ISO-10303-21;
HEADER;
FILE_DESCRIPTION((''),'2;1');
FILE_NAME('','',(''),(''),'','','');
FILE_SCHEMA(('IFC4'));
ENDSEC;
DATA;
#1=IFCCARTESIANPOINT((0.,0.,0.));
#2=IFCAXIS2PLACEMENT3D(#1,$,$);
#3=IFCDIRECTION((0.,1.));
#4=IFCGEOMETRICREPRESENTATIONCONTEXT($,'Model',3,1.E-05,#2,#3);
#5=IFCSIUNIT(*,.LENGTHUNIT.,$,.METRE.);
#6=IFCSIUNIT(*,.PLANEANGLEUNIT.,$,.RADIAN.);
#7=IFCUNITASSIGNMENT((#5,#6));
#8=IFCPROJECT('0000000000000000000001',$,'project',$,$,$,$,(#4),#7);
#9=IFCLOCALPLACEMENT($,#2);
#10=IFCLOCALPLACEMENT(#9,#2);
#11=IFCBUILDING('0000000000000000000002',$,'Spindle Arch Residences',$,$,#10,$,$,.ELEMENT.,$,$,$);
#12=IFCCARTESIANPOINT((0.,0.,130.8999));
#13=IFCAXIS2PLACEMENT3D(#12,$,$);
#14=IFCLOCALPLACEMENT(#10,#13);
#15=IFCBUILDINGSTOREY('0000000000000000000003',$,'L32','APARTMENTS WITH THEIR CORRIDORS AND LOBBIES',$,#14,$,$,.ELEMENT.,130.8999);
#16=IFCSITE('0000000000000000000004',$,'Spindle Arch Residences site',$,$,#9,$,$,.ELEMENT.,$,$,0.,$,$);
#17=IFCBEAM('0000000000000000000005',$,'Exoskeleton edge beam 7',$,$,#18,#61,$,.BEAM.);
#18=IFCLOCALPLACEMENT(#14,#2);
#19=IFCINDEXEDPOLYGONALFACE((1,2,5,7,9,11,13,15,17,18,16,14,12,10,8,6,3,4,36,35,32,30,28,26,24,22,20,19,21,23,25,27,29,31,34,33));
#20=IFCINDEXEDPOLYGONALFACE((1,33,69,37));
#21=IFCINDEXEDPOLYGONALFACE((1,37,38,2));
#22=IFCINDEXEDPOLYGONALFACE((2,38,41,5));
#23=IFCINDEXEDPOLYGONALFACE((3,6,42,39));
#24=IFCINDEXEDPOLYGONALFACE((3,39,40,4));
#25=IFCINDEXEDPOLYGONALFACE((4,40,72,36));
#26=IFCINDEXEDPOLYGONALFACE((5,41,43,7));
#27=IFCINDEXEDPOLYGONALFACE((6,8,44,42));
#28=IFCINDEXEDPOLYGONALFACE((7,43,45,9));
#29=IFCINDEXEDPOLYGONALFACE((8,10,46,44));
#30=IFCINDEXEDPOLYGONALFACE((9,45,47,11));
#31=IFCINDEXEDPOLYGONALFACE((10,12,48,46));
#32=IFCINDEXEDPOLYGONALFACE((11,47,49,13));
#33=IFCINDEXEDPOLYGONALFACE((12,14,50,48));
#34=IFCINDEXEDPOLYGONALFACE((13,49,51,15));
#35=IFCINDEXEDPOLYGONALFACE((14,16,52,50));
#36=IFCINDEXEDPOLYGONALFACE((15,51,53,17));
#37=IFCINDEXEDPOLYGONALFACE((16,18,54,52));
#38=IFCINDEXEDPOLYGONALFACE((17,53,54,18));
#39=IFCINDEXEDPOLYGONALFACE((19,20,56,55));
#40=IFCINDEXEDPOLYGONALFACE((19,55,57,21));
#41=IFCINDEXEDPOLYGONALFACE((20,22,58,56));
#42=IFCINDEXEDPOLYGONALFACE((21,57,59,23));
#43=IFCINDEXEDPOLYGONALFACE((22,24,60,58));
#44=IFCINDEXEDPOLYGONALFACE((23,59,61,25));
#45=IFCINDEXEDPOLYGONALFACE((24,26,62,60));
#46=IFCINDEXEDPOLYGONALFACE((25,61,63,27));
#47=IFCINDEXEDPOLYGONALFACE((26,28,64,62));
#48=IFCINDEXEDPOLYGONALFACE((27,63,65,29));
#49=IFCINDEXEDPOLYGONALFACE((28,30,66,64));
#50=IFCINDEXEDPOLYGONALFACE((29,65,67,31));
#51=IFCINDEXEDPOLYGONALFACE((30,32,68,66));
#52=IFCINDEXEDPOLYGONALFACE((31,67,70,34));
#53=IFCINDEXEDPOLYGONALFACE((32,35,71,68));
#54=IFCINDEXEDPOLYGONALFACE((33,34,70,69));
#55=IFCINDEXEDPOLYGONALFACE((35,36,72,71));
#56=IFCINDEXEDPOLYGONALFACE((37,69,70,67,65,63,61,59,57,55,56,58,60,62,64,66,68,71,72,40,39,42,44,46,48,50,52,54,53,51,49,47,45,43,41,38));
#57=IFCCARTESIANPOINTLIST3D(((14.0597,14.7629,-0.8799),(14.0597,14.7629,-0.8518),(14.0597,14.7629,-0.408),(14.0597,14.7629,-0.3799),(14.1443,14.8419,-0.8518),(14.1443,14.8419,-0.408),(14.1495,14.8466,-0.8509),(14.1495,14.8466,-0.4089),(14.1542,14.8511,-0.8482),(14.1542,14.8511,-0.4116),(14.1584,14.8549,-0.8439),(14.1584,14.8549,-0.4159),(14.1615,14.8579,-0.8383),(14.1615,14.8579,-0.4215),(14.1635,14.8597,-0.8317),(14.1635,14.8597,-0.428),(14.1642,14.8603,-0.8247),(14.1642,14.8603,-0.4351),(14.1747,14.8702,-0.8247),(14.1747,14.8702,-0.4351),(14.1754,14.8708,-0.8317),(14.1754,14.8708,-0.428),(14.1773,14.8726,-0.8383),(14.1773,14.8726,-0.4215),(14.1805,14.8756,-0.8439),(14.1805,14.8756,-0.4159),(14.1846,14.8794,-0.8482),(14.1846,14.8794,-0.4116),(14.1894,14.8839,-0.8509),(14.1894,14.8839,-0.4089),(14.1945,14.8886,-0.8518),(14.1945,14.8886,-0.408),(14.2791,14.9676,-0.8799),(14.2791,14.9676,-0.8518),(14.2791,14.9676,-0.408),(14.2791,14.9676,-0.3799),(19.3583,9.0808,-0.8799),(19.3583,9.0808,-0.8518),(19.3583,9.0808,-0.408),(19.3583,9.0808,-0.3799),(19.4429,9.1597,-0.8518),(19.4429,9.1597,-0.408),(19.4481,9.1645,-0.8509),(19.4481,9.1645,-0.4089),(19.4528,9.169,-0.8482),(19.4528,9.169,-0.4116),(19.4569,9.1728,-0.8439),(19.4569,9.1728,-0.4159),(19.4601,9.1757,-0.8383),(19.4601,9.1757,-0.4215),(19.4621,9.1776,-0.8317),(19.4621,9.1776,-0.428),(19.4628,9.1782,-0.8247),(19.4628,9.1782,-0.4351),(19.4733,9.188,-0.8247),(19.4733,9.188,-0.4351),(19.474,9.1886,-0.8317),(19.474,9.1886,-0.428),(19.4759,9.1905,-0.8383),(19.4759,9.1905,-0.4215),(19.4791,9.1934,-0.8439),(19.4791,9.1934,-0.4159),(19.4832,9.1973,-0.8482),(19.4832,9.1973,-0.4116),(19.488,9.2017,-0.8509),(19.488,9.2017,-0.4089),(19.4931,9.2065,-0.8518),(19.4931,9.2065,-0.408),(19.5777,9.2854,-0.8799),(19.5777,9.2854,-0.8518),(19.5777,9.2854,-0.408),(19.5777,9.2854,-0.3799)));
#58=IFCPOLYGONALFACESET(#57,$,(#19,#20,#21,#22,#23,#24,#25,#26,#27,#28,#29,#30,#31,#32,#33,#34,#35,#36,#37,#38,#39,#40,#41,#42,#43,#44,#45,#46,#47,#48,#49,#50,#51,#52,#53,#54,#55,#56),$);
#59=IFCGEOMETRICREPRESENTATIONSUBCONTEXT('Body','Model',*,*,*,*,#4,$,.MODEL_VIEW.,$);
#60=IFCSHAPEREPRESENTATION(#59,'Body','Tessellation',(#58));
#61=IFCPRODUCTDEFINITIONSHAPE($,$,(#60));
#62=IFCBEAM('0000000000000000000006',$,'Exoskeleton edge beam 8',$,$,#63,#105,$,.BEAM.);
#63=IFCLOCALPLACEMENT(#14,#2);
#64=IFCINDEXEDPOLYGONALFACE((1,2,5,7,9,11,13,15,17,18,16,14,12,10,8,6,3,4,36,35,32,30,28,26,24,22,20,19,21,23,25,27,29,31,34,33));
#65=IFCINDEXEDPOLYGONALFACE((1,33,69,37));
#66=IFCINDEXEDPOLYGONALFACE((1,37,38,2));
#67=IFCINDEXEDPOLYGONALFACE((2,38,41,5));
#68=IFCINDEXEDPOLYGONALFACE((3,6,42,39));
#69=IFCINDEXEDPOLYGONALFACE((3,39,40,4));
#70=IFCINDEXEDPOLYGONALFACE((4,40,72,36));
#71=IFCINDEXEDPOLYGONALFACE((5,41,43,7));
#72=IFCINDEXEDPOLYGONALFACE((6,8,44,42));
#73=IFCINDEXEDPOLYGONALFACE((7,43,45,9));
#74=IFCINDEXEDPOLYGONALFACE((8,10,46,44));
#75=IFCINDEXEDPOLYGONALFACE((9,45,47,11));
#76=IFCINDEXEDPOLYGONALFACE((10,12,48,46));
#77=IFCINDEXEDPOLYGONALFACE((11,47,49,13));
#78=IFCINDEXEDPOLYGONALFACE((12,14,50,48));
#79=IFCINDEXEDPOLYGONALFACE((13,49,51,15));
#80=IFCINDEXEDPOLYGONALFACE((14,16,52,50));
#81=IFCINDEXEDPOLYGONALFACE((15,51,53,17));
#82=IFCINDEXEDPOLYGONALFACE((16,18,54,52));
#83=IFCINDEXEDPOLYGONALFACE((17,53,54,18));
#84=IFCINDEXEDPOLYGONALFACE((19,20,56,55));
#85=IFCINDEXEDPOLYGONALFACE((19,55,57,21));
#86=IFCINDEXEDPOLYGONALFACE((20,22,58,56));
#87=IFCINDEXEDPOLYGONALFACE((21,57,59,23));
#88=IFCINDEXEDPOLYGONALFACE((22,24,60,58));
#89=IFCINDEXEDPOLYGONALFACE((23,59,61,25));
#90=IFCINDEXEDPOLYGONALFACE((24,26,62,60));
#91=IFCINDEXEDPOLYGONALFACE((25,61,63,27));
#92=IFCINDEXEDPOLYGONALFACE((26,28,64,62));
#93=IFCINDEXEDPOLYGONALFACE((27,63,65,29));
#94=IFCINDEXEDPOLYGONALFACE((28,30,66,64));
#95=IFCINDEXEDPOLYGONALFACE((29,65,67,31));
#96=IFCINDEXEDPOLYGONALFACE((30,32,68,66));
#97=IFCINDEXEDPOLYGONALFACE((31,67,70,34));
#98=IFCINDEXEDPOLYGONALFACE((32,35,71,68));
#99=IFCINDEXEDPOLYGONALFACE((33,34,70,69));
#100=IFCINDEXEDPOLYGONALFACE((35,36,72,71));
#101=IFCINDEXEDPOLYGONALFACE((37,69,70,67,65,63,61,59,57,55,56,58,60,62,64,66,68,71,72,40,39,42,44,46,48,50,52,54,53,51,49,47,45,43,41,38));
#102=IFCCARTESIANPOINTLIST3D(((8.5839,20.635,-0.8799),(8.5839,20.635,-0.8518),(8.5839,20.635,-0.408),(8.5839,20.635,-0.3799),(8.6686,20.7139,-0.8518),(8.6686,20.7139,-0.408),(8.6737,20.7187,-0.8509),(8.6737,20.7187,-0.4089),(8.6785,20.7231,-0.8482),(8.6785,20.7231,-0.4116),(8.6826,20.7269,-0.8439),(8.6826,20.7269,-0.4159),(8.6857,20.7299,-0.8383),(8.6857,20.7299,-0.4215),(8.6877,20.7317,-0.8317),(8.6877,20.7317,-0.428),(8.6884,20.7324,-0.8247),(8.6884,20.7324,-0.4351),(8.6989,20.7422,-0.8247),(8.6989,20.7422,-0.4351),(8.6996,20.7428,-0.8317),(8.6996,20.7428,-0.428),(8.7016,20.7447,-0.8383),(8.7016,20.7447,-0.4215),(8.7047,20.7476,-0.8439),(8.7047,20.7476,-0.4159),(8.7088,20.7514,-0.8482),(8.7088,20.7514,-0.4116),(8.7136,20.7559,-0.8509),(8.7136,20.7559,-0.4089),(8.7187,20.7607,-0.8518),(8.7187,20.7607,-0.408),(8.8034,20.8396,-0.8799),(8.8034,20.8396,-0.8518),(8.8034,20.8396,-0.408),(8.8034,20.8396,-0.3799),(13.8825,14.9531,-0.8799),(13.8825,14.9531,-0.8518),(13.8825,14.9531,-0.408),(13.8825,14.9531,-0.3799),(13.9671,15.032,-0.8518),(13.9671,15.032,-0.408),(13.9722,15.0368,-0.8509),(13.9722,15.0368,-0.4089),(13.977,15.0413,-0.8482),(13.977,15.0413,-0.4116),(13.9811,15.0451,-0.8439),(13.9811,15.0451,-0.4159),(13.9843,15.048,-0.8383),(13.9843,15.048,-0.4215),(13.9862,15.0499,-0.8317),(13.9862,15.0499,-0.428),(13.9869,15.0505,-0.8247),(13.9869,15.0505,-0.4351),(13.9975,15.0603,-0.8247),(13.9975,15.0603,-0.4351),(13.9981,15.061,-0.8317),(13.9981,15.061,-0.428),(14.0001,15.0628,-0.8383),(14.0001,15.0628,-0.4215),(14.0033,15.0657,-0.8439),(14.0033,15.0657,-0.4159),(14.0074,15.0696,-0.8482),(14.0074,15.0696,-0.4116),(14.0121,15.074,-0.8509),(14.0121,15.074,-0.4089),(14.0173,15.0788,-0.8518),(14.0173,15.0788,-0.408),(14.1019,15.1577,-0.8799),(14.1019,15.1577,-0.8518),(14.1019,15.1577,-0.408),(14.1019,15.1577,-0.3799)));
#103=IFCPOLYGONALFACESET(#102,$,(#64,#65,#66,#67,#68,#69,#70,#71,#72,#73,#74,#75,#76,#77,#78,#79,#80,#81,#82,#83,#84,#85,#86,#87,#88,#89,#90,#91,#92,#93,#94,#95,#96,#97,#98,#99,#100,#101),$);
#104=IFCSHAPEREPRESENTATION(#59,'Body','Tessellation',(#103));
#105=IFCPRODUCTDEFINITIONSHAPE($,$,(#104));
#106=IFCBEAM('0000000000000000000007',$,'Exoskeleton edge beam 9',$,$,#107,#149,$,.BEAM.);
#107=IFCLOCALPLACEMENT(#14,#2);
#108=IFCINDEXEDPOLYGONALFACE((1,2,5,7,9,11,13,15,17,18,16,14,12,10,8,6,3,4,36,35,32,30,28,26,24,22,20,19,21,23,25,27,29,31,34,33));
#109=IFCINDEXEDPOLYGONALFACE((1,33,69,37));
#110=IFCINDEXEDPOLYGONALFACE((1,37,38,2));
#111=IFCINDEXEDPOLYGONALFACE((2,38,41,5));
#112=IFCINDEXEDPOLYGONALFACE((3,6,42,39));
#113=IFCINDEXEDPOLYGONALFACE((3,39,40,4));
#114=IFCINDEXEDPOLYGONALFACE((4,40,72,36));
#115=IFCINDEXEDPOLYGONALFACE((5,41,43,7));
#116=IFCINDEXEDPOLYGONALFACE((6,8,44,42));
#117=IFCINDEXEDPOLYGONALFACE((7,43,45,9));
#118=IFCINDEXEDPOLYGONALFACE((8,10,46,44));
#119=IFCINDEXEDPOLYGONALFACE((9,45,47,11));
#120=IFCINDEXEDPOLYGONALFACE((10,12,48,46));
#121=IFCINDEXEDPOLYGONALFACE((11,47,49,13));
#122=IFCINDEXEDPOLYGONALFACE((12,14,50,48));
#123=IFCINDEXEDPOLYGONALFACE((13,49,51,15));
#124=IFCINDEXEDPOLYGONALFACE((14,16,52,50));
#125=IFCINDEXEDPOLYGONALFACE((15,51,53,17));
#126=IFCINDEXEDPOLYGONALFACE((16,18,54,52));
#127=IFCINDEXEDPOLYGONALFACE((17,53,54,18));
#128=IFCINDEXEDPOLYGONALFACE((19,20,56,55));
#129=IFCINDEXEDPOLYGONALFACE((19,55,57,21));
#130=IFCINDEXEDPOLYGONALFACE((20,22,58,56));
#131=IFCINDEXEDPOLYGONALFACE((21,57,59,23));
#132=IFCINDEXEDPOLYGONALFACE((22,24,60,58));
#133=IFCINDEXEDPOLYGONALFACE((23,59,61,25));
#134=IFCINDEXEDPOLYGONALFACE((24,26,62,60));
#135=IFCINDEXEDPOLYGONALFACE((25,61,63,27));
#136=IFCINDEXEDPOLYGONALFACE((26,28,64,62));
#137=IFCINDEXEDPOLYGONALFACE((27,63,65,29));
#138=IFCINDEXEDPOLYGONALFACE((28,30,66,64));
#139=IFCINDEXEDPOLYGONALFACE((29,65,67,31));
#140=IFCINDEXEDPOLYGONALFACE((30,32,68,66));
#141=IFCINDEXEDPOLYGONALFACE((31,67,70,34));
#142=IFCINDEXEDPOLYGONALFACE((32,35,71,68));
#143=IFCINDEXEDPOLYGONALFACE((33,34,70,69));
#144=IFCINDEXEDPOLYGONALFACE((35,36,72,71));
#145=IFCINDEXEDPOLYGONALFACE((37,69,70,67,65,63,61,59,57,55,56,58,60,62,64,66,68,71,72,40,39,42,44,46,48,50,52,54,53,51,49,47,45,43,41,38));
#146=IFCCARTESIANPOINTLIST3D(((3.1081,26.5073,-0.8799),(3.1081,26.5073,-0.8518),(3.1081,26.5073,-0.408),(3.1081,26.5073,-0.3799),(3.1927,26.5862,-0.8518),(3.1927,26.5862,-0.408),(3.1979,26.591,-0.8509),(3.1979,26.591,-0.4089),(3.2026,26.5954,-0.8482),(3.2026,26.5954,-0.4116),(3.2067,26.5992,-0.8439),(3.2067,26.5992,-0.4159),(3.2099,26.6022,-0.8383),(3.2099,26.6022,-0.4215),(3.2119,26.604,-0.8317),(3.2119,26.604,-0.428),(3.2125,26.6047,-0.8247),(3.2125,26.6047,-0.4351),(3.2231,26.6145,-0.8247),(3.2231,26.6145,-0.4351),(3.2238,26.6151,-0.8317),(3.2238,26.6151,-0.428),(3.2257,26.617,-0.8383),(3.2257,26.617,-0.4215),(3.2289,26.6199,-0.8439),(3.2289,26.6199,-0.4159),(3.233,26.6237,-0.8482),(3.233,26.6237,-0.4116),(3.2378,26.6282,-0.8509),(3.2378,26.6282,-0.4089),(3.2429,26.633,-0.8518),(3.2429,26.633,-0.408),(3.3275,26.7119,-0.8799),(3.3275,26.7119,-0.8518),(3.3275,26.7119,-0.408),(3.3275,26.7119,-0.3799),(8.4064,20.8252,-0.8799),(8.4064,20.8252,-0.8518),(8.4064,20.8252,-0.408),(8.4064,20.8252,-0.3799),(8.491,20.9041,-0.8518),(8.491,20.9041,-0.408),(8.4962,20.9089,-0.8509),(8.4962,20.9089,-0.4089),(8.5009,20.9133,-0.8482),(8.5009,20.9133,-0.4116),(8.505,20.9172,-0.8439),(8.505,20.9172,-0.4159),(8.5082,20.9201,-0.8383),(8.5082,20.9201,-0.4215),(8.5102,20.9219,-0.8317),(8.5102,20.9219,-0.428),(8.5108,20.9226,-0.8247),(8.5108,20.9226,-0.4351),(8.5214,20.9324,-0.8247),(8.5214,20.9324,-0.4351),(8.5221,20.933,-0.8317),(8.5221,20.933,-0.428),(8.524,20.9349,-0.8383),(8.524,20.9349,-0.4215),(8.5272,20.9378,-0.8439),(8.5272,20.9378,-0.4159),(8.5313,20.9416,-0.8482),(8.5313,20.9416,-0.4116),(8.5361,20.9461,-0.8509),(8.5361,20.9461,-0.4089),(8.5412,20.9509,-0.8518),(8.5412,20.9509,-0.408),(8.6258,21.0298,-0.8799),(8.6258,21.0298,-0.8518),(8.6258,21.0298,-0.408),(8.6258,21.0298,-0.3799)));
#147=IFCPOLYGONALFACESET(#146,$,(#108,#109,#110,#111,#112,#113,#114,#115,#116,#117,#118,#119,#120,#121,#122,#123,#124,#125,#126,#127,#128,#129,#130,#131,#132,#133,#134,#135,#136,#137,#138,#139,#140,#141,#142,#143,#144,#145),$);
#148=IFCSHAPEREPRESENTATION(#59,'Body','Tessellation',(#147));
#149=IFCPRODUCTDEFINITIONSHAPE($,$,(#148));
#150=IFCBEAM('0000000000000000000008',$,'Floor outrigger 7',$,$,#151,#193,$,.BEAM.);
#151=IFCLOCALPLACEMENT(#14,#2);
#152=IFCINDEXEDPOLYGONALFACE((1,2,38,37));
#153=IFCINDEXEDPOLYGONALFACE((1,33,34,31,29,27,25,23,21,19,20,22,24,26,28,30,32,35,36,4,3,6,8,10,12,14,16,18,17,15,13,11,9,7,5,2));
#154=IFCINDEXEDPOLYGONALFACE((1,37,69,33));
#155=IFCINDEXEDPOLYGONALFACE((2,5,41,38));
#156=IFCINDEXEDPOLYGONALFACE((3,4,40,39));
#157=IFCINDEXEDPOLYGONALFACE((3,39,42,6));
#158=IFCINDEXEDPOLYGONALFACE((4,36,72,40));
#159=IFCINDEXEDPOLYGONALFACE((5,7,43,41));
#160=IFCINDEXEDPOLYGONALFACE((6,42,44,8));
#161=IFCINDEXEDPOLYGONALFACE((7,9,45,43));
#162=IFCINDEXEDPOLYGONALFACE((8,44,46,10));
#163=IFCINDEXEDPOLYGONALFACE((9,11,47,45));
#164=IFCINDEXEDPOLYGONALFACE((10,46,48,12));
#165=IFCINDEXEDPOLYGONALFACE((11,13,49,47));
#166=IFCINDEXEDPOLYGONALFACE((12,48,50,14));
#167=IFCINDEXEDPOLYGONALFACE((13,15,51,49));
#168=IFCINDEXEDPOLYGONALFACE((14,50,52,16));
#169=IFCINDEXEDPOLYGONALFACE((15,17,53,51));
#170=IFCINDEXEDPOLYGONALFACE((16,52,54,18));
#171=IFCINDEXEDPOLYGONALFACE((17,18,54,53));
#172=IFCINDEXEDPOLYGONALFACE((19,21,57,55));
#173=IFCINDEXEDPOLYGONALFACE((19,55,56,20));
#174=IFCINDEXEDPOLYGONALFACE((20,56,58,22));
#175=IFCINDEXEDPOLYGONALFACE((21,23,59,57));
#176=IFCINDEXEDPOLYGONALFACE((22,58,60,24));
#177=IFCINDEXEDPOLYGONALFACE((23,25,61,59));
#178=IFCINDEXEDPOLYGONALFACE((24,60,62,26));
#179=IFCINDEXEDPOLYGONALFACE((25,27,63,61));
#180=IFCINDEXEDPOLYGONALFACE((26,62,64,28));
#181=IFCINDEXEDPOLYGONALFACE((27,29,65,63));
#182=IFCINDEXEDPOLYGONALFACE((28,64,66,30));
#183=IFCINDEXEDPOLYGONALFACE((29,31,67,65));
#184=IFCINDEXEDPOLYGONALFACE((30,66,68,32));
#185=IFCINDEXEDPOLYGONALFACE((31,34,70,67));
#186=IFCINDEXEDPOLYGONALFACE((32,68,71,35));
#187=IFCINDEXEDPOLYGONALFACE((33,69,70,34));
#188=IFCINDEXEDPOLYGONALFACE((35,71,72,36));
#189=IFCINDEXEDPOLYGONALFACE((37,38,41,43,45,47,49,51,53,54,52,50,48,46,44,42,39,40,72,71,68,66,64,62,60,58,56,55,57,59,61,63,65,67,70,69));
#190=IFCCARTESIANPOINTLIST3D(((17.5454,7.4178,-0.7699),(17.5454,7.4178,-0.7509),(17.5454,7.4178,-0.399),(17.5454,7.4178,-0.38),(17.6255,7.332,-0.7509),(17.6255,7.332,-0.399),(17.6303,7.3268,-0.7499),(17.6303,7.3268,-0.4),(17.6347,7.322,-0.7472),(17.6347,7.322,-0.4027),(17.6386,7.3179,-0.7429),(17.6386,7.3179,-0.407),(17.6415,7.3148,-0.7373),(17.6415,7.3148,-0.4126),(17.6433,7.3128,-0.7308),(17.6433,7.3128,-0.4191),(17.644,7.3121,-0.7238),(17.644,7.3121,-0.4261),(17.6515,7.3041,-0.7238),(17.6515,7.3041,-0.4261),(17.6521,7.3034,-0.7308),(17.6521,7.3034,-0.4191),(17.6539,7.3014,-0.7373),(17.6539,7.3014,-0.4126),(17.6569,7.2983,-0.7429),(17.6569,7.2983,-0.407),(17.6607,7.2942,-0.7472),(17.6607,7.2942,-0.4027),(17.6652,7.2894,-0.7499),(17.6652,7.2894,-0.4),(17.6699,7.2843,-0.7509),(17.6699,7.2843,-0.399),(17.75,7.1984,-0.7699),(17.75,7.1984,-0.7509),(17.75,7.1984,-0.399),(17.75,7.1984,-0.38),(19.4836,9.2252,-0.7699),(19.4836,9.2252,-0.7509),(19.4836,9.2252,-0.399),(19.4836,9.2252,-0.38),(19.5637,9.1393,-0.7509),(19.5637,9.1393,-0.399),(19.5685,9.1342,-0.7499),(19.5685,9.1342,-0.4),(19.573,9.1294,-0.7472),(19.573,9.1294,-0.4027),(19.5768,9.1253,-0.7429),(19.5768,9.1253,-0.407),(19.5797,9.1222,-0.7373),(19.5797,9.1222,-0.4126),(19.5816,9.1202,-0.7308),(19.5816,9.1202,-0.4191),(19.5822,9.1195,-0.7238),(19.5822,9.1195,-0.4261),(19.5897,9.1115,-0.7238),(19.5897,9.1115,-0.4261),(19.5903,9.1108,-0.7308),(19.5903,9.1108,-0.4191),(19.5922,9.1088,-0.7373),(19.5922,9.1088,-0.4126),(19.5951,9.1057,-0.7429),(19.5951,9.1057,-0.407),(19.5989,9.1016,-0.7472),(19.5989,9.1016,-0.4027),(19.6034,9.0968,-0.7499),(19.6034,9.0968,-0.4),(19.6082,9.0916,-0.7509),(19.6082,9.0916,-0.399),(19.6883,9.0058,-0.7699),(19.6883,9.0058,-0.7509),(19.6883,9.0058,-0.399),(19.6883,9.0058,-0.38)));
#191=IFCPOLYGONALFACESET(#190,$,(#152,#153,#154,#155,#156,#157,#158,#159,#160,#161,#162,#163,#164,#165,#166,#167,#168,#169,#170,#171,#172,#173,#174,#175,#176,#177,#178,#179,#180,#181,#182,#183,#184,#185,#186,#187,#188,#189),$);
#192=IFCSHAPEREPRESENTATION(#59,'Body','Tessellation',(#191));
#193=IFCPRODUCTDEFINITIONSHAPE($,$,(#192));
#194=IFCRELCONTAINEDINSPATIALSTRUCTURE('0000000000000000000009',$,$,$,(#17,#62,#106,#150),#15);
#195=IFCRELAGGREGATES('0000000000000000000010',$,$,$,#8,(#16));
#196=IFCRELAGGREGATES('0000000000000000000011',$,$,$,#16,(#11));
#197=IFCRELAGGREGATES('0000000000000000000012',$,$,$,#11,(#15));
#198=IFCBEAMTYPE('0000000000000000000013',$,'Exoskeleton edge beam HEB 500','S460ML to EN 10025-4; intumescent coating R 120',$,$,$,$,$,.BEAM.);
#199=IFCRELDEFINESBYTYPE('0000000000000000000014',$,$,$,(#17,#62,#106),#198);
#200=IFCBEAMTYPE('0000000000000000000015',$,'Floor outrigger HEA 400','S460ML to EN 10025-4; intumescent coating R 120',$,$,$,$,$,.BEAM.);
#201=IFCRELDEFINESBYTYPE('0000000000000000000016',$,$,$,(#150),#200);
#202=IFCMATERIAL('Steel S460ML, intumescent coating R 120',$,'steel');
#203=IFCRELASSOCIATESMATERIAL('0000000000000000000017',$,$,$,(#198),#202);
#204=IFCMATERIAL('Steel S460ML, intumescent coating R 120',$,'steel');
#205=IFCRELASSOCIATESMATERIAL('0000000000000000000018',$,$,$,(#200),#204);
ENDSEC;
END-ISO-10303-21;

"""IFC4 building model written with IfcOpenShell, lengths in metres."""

from ifc_helpers import new_model, si_unit, direction, frame, origin, origin_2d, place, context, subcontext, project, spatial, i_section, extrude, material, material_profile, profile_set, type_object, element, save


model = new_model("IFC4")

# Units and contexts
model_context = context("Model", 3, precision=1e-05, world=origin(), true_north=direction((0.0, 1.0)))
body_context = subcontext(model_context, "Body", "Model", "MODEL_VIEW")
ifc_project = project(units=[si_unit("LENGTHUNIT", "METRE"), si_unit("PLANEANGLEUNIT", "RADIAN")], contexts=[model_context])

# Site, building, storey
site_placement = place(None, origin())
site = spatial("IfcSite", under=ifc_project, at=site_placement, Name="Spindle Arch Residences site", CompositionType="ELEMENT", RefElevation=0.0)
building_placement = place(site_placement, origin())
building = spatial("IfcBuilding", under=site, at=building_placement, Name="Spindle Arch Residences", CompositionType="ELEMENT")
storey_placement = place(building_placement, frame((0.0, 0.0, 130.8999)))
storey = spatial("IfcBuildingStorey", under=building, at=storey_placement, Name="L32", Description="APARTMENTS WITH THEIR CORRIDORS AND LOBBIES", CompositionType="ELEMENT", Elevation=130.8999)

# Beams
ifc_material_1 = material(Name="Steel S460ML, intumescent coating R 120", Category="steel")
ifc_material_profile_1 = material_profile(ifc_material_1, i_section(OverallWidth=0.3, OverallDepth=0.5, WebThickness=0.0144, FlangeThickness=0.0281, FilletRadius=0.0271, at=origin_2d()), Name="HEB 500")
ifc_profile_set_1 = profile_set([ifc_material_profile_1], Name="Steel S460ML, intumescent coating R 120")
beam_type_1 = type_object("IfcBeamType", Name="Exoskeleton edge beam HEB 500", Description="S460ML to EN 10025-4; intumescent coating R 120", PredefinedType="BEAM", material=ifc_profile_set_1)
beam_1_placement = place(storey_placement, frame((19.468, 9.1831, -0.6299), z_axis=(-0.681992, 0.731359, 0.0), x_axis=(-0.731359, -0.681992, 0.0)))
element("IfcBeam", 1, at=beam_1_placement, inside=storey, type_object=beam_type_1, Name="Exoskeleton edge beam 7", PredefinedType="BEAM", context=body_context, shape_type="SweptSolid", body=[
    extrude(i_section(OverallWidth=0.3, OverallDepth=0.5, WebThickness=0.0144, FlangeThickness=0.0281, FilletRadius=0.0271, at=origin_2d()), origin(), (0.0, 0.0, 1.0), 7.7693),
])
for number, where, z_axis, x_axis, name in (
    (2, (13.9922, 15.0554, -0.6299), (-0.682008, 0.731345, 0.0), (-0.731345, -0.682008, 0.0), "Exoskeleton edge beam 8"),
    (3, (8.5161, 20.9275, -0.6299), (-0.681976, 0.731375, 0.0), (-0.731375, -0.681976, 0.0), "Exoskeleton edge beam 9"),
):
    element("IfcBeam", number, at=place(storey_placement, frame(where, z_axis=z_axis, x_axis=x_axis)), inside=storey, type_object=beam_type_1, Name=name, PredefinedType="BEAM", context=body_context, shape_type="SweptSolid", body=[
        extrude(i_section(OverallWidth=0.3, OverallDepth=0.5, WebThickness=0.0144, FlangeThickness=0.0281, FilletRadius=0.0271, at=origin_2d()), origin(), (0.0, 0.0, 1.0), 7.769),
    ])
ifc_material_2 = material(Name="Steel S460ML, intumescent coating R 120", Category="steel")
ifc_material_profile_2 = material_profile(ifc_material_2, i_section(OverallWidth=0.3, OverallDepth=0.3899, WebThickness=0.011, FlangeThickness=0.019, FilletRadius=0.0271, at=origin_2d()), Name="HEA 400")
ifc_profile_set_2 = profile_set([ifc_material_profile_2], Name="Steel S460ML, intumescent coating R 120")
beam_type_2 = type_object("IfcBeamType", Name="Floor outrigger HEA 400", Description="S460ML to EN 10025-4; intumescent coating R 120", PredefinedType="BEAM", material=ifc_profile_set_2)
beam_2_placement = place(storey_placement, frame((19.5859, 9.1155, -0.575), z_axis=(-0.731365, -0.681987, 0.0), x_axis=(0.681987, -0.731365, 0.0)))
element("IfcBeam", 4, at=beam_2_placement, inside=storey, type_object=beam_type_2, Name="Floor outrigger 7", PredefinedType="BEAM", context=body_context, shape_type="SweptSolid", body=[
    extrude(i_section(OverallWidth=0.3, OverallDepth=0.3899, WebThickness=0.011, FlangeThickness=0.019, FilletRadius=0.0271, at=origin_2d()), origin(), (0.0, 0.0, 1.0), 2.6501),
])

save(model, "model.ifc")
